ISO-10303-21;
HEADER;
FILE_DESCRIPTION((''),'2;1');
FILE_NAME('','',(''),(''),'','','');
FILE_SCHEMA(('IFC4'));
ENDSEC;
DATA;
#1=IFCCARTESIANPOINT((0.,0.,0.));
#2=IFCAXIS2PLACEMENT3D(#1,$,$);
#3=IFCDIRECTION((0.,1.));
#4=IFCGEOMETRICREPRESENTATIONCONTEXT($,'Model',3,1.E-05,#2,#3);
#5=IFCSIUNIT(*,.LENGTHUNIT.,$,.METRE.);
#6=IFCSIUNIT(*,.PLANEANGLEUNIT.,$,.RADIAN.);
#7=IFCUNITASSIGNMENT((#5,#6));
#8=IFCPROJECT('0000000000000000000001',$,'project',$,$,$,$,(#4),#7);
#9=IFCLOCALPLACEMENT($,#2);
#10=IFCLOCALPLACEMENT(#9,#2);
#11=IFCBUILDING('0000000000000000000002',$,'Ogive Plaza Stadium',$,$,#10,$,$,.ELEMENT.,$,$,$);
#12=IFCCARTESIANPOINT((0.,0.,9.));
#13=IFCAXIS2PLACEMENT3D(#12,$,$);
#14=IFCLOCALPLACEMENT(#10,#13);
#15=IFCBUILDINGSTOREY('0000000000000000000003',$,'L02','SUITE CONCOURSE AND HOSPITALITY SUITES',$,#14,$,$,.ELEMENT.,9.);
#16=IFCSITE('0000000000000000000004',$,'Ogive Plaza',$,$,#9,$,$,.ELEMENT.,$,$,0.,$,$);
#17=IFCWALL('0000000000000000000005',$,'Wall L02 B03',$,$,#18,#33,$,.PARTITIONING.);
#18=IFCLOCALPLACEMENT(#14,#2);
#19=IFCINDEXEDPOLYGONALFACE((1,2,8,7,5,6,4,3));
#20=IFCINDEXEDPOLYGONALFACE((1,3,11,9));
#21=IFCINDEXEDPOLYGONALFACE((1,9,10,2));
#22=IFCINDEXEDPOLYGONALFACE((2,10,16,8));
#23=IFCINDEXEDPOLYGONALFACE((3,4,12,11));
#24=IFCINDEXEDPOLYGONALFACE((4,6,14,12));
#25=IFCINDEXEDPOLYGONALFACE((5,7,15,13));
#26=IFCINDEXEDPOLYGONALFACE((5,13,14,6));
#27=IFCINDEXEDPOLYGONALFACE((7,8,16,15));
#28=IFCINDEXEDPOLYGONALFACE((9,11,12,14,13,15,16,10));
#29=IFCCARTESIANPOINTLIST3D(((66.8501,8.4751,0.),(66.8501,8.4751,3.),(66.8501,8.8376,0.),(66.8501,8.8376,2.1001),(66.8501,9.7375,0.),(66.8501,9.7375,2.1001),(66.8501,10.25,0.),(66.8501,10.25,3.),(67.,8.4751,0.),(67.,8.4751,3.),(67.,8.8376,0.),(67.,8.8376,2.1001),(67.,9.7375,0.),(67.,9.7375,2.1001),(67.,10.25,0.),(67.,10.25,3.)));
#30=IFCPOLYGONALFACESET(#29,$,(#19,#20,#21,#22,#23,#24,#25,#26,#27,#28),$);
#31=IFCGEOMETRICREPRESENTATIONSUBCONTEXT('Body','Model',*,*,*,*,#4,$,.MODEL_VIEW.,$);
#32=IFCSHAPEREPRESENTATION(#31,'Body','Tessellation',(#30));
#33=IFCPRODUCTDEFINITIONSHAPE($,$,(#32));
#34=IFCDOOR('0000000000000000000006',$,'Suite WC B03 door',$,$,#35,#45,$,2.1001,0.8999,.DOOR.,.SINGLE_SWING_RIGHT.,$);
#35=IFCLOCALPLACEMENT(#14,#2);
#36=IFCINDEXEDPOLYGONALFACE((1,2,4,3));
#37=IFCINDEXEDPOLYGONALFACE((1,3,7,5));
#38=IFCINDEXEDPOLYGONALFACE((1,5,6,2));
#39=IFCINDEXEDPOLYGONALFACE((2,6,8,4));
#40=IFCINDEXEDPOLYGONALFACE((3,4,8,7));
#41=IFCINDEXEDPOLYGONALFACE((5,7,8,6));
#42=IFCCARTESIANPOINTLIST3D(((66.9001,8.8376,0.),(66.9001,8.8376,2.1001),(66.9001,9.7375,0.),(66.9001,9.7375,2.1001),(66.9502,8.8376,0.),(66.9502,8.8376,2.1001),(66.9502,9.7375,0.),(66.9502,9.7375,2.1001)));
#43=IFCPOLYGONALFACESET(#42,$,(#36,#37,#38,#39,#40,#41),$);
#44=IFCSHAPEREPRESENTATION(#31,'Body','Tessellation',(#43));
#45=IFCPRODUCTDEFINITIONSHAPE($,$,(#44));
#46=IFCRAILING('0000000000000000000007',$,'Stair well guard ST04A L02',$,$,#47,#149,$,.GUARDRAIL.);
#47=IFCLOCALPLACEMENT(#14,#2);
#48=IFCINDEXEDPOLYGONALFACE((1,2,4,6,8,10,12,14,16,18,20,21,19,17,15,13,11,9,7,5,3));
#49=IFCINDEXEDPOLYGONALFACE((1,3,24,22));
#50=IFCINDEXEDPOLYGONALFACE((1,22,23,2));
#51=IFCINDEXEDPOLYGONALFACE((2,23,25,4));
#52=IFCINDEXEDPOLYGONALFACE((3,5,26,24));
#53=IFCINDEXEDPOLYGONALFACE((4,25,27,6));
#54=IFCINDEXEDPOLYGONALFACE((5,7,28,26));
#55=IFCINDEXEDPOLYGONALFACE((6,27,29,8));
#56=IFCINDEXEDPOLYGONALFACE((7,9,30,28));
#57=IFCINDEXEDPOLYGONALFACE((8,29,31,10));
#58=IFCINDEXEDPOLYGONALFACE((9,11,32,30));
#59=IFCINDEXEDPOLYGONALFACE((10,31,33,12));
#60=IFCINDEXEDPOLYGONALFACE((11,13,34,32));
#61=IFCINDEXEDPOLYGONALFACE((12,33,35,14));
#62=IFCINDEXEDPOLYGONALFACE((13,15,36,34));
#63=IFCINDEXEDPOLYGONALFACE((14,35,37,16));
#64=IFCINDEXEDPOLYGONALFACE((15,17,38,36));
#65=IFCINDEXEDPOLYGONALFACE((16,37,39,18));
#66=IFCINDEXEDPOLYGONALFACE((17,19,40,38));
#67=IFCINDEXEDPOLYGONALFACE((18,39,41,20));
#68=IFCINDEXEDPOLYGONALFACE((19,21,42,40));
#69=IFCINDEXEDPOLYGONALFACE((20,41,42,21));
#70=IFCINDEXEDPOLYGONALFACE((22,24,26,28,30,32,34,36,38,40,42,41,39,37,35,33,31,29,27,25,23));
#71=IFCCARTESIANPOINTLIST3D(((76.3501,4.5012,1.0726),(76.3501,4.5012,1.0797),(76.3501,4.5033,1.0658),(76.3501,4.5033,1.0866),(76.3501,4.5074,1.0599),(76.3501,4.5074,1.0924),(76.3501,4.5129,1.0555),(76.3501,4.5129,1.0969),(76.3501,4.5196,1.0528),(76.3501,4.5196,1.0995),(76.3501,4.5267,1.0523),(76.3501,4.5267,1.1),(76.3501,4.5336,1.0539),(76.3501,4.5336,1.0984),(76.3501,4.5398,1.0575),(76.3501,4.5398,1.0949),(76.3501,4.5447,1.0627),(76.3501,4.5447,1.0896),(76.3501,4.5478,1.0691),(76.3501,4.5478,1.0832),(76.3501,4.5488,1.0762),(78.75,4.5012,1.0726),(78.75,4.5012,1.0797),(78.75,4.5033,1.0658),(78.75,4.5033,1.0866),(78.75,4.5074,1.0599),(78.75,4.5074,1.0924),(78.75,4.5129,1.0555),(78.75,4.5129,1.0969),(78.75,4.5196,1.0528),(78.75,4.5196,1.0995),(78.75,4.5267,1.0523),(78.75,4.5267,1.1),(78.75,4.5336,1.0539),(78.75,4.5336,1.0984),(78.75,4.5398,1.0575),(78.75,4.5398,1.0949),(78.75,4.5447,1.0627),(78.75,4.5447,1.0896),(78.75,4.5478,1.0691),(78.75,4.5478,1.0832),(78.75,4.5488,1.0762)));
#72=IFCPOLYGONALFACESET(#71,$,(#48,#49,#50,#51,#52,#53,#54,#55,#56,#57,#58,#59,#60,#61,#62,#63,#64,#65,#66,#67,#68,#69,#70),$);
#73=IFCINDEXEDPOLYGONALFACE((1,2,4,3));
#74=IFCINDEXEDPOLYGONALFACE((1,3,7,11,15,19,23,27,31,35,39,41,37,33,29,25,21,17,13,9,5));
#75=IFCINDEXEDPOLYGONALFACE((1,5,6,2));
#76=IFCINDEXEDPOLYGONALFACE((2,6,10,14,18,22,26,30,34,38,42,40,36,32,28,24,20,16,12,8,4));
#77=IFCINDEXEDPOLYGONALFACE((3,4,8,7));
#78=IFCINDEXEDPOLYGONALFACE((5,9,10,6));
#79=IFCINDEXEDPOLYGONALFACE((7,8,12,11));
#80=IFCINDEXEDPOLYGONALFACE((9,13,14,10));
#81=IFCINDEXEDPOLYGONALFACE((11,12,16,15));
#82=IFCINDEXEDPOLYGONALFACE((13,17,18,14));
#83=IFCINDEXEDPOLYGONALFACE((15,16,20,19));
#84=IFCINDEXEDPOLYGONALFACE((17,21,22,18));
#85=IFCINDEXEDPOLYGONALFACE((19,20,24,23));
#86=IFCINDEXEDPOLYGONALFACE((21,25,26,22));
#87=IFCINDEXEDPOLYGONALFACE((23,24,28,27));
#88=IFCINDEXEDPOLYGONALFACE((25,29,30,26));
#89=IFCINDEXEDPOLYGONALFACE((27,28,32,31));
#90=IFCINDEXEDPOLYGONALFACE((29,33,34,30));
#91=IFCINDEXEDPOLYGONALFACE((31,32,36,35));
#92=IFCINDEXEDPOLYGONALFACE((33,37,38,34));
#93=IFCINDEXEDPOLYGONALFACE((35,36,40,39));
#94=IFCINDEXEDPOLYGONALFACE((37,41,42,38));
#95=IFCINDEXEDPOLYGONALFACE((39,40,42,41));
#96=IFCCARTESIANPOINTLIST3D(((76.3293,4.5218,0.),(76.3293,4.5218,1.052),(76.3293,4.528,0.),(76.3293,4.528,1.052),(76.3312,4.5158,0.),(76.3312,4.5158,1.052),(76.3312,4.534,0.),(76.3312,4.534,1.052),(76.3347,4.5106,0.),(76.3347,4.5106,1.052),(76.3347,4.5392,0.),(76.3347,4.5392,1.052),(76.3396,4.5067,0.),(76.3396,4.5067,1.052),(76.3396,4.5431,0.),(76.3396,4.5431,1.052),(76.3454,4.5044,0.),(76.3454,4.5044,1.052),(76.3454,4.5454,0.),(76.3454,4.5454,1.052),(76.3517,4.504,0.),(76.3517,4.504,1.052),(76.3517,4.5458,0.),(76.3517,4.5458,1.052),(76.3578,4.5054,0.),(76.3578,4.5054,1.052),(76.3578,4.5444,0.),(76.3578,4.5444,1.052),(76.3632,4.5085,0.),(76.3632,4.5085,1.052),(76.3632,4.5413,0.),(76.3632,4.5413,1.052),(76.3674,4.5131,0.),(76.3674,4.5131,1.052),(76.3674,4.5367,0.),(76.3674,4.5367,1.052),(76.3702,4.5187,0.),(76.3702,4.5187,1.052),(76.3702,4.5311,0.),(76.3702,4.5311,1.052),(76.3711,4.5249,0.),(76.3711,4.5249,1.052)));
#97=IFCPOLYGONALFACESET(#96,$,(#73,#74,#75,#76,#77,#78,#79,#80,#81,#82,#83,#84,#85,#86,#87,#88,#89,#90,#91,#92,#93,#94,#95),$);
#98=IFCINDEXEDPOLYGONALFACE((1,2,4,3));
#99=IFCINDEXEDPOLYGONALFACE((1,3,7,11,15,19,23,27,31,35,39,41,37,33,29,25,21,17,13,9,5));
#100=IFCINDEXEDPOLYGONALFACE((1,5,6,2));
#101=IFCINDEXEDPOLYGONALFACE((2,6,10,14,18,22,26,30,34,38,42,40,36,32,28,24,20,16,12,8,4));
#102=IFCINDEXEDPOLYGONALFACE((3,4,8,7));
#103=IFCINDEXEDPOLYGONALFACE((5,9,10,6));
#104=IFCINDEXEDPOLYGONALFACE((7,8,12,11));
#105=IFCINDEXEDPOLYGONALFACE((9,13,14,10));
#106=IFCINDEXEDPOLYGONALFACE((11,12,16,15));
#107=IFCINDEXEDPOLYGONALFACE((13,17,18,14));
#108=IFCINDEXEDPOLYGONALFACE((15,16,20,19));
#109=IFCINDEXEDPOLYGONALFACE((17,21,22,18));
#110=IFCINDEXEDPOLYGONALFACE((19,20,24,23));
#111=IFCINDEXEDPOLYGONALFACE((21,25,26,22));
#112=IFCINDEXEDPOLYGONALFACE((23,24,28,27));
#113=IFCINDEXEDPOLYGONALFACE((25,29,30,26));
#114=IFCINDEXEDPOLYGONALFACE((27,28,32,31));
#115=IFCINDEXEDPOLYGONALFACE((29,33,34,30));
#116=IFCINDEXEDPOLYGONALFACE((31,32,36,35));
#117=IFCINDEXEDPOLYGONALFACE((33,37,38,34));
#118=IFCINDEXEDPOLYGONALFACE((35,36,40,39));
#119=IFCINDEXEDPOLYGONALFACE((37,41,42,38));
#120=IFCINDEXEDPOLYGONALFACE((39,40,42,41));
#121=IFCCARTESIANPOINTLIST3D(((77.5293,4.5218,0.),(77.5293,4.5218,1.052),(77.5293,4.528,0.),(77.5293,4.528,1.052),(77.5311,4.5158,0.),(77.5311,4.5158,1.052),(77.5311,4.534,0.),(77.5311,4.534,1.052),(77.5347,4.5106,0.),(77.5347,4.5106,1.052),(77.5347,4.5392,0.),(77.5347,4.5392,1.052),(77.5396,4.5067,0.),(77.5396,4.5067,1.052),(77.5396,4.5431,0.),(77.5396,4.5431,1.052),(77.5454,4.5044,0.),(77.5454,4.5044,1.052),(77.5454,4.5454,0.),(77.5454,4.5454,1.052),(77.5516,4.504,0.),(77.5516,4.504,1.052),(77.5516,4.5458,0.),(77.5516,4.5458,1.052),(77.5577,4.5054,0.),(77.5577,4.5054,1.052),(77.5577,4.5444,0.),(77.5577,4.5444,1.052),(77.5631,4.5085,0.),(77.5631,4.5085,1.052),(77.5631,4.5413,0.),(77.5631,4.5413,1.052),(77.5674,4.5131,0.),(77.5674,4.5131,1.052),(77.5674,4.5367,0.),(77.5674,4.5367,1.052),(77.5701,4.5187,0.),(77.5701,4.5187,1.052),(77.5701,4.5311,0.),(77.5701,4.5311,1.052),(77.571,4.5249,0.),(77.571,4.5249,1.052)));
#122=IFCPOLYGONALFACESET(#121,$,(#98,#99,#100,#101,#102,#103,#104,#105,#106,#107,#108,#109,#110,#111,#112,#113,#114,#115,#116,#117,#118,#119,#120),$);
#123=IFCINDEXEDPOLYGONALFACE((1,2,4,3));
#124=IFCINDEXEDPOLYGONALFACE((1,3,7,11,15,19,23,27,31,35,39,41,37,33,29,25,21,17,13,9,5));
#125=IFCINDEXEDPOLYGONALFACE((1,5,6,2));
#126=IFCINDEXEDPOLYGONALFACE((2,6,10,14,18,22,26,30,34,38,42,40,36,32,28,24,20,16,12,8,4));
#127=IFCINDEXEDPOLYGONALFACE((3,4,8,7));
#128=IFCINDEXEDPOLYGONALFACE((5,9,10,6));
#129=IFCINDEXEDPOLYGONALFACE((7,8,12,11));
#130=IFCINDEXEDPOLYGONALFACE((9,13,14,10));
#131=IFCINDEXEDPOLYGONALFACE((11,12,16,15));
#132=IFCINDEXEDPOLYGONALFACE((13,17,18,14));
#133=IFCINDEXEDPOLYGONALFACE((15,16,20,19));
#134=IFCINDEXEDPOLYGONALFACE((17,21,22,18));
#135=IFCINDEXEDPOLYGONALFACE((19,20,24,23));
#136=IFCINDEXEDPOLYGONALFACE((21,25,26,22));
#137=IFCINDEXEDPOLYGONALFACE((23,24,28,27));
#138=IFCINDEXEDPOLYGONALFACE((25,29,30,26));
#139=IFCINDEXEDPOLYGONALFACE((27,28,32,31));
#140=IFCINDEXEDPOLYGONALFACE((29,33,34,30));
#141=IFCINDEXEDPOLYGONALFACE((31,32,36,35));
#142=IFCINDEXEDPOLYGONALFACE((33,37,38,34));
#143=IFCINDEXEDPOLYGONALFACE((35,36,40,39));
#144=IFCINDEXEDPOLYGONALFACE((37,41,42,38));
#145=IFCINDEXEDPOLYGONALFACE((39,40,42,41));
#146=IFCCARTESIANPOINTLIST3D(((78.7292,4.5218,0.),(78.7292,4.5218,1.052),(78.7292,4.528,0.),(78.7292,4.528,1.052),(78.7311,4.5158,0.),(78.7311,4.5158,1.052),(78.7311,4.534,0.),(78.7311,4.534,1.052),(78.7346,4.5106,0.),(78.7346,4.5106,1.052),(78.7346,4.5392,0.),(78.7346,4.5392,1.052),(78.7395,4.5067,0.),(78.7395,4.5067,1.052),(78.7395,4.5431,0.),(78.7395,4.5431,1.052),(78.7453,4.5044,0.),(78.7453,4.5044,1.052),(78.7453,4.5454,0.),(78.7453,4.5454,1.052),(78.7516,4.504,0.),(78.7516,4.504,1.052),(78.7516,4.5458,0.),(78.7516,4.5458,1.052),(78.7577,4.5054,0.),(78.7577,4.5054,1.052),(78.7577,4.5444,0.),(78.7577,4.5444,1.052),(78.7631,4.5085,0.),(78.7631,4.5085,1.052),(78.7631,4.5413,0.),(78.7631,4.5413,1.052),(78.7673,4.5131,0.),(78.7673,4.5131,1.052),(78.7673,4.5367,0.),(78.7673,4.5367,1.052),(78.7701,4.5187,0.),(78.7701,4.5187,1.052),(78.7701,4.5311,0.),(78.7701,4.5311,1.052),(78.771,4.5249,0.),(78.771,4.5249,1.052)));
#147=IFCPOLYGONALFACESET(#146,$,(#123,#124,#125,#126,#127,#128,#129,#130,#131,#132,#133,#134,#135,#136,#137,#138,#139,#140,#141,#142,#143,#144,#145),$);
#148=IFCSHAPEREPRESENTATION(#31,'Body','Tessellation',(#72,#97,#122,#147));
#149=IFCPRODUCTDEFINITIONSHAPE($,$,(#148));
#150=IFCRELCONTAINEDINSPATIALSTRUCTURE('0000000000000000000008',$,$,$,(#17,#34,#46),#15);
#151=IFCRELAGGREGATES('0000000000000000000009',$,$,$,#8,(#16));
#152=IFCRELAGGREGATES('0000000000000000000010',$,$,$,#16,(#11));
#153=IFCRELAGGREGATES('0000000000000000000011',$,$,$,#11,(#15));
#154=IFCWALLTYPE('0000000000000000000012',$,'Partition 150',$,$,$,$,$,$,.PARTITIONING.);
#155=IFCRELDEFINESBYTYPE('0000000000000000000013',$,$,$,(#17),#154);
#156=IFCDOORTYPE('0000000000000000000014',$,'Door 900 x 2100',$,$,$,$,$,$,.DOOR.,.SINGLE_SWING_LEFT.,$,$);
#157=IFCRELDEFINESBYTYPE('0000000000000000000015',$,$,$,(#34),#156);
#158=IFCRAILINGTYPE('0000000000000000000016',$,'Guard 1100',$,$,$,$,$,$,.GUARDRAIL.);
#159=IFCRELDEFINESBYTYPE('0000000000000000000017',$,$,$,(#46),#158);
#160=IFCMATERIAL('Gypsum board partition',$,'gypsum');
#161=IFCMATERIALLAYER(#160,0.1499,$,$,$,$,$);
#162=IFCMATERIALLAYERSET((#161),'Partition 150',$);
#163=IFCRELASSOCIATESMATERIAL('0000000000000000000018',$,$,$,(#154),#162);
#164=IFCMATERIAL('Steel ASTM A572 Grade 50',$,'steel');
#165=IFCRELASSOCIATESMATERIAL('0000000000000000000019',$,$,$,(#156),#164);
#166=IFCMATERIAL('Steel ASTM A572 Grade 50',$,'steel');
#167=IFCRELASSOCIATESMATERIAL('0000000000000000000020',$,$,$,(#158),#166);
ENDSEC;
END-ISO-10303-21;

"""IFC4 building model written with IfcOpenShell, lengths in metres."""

from ifc_helpers import new_model, si_unit, direction, frame, frame_2d, origin, origin_2d, place, context, subcontext, project, spatial, rectangle, circle, extrude, material, layer, layer_set, type_object, element, fill, save


model = new_model("IFC4")

# Units and contexts
model_context = context("Model", 3, precision=1e-05, world=origin(), true_north=direction((0.0, 1.0)))
body_context = subcontext(model_context, "Body", "Model", "MODEL_VIEW")
ifc_project = project(units=[si_unit("LENGTHUNIT", "METRE"), si_unit("PLANEANGLEUNIT", "RADIAN")], contexts=[model_context])

# Site, building, storey
site_placement = place(None, origin())
site = spatial("IfcSite", under=ifc_project, at=site_placement, Name="Ogive Plaza", CompositionType="ELEMENT", RefElevation=0.0)
building_placement = place(site_placement, origin())
building = spatial("IfcBuilding", under=site, at=building_placement, Name="Ogive Plaza Stadium", CompositionType="ELEMENT")
storey_placement = place(building_placement, frame((0.0, 0.0, 9.0)))
storey = spatial("IfcBuildingStorey", under=building, at=storey_placement, Name="L02", Description="SUITE CONCOURSE AND HOSPITALITY SUITES", CompositionType="ELEMENT", Elevation=9.0)

# Wall, opening, door
ifc_material_1 = material(Name="Gypsum board partition", Category="gypsum")
ifc_layer_1 = layer(ifc_material_1, 0.1499)
ifc_layer_set_1 = layer_set([ifc_layer_1], Name="Partition 150")
wall_type_1 = type_object("IfcWallType", Name="Partition 150", PredefinedType="PARTITIONING", material=ifc_layer_set_1)
wall_1_placement = place(storey_placement, frame((66.925, 8.4751, 0.0), z_axis=(0.0, 0.0, 1.0), x_axis=(0.0, 1.0, 0.0)))
wall_1 = element("IfcWall", 1, at=wall_1_placement, inside=storey, type_object=wall_type_1, Name="Wall L02 B03", PredefinedType="PARTITIONING", context=body_context, shape_type="SweptSolid", body=[
    extrude(rectangle(XDim=1.7749, YDim=0.1499, at=frame_2d((0.8875, 0.0))), origin(), (0.0, 0.0, 1.0), 3.0),
])
opening_1_placement = place(wall_1_placement, frame((0.3625, 0.0, 0.0)))
opening_1 = element("IfcOpeningElement", 2, at=opening_1_placement, cuts=wall_1, PredefinedType="OPENING", context=body_context, shape_type="SweptSolid", body=[
    extrude(rectangle(XDim=0.8999, YDim=2.1001, at=frame_2d((0.45, 1.05))), frame((0.0, 0.075, 0.0), z_axis=(0.0, -1.0, 0.0), x_axis=(1.0, 0.0, 0.0)), (0.0, 0.0, 1.0), 0.1499),
])
ifc_material_2 = material(Name="Steel ASTM A572 Grade 50", Category="steel")
door_type_1 = type_object("IfcDoorType", Name="Door 900 x 2100", OperationType="SINGLE_SWING_LEFT", PredefinedType="DOOR", material=ifc_material_2)
door_1_placement = place(opening_1_placement, origin())
door_1 = element("IfcDoor", 3, at=door_1_placement, inside=storey, type_object=door_type_1, Name="Suite WC B03 door", OperationType="SINGLE_SWING_RIGHT", OverallHeight=2.1001, OverallWidth=0.8999, PredefinedType="DOOR", context=body_context, shape_type="SweptSolid", body=[
    extrude(rectangle(XDim=0.8999, YDim=2.1001, at=frame_2d((0.45, 1.05))), frame((0.0, 0.0249, 0.0), z_axis=(0.0, -1.0, 0.0), x_axis=(1.0, 0.0, 0.0)), (0.0, 0.0, 1.0), 0.05),
])
fill(opening_1, door_1)

# Railing
ifc_material_3 = material(Name="Steel ASTM A572 Grade 50", Category="steel")
railing_type_1 = type_object("IfcRailingType", Name="Guard 1100", PredefinedType="GUARDRAIL", material=ifc_material_3)
for number, where, name in (
    (4, (76.3501, 4.5249, 0.0), "Stair well guard ST04A L02"),
):
    element("IfcRailing", number, at=place(storey_placement, frame(where)), inside=storey, type_object=railing_type_1, Name=name, PredefinedType="GUARDRAIL", context=body_context, shape_type="SweptSolid", body=[
        extrude(circle(Radius=0.0239, at=origin_2d()), frame((0.0, 0.0, 1.0762), z_axis=(1.0, 0.0, 0.0), x_axis=(0.0, 1.0, 0.0)), (0.0, 0.0, 1.0), 2.3999),
        extrude(circle(Radius=0.021, at=origin_2d()), origin(), (0.0, 0.0, 1.0), 1.052),
        extrude(circle(Radius=0.021, at=origin_2d()), frame((1.2, 0.0, 0.0)), (0.0, 0.0, 1.0), 1.052),
        extrude(circle(Radius=0.021, at=origin_2d()), frame((2.3999, 0.0, 0.0)), (0.0, 0.0, 1.0), 1.052),
    ])

save(model, "model.ifc")
